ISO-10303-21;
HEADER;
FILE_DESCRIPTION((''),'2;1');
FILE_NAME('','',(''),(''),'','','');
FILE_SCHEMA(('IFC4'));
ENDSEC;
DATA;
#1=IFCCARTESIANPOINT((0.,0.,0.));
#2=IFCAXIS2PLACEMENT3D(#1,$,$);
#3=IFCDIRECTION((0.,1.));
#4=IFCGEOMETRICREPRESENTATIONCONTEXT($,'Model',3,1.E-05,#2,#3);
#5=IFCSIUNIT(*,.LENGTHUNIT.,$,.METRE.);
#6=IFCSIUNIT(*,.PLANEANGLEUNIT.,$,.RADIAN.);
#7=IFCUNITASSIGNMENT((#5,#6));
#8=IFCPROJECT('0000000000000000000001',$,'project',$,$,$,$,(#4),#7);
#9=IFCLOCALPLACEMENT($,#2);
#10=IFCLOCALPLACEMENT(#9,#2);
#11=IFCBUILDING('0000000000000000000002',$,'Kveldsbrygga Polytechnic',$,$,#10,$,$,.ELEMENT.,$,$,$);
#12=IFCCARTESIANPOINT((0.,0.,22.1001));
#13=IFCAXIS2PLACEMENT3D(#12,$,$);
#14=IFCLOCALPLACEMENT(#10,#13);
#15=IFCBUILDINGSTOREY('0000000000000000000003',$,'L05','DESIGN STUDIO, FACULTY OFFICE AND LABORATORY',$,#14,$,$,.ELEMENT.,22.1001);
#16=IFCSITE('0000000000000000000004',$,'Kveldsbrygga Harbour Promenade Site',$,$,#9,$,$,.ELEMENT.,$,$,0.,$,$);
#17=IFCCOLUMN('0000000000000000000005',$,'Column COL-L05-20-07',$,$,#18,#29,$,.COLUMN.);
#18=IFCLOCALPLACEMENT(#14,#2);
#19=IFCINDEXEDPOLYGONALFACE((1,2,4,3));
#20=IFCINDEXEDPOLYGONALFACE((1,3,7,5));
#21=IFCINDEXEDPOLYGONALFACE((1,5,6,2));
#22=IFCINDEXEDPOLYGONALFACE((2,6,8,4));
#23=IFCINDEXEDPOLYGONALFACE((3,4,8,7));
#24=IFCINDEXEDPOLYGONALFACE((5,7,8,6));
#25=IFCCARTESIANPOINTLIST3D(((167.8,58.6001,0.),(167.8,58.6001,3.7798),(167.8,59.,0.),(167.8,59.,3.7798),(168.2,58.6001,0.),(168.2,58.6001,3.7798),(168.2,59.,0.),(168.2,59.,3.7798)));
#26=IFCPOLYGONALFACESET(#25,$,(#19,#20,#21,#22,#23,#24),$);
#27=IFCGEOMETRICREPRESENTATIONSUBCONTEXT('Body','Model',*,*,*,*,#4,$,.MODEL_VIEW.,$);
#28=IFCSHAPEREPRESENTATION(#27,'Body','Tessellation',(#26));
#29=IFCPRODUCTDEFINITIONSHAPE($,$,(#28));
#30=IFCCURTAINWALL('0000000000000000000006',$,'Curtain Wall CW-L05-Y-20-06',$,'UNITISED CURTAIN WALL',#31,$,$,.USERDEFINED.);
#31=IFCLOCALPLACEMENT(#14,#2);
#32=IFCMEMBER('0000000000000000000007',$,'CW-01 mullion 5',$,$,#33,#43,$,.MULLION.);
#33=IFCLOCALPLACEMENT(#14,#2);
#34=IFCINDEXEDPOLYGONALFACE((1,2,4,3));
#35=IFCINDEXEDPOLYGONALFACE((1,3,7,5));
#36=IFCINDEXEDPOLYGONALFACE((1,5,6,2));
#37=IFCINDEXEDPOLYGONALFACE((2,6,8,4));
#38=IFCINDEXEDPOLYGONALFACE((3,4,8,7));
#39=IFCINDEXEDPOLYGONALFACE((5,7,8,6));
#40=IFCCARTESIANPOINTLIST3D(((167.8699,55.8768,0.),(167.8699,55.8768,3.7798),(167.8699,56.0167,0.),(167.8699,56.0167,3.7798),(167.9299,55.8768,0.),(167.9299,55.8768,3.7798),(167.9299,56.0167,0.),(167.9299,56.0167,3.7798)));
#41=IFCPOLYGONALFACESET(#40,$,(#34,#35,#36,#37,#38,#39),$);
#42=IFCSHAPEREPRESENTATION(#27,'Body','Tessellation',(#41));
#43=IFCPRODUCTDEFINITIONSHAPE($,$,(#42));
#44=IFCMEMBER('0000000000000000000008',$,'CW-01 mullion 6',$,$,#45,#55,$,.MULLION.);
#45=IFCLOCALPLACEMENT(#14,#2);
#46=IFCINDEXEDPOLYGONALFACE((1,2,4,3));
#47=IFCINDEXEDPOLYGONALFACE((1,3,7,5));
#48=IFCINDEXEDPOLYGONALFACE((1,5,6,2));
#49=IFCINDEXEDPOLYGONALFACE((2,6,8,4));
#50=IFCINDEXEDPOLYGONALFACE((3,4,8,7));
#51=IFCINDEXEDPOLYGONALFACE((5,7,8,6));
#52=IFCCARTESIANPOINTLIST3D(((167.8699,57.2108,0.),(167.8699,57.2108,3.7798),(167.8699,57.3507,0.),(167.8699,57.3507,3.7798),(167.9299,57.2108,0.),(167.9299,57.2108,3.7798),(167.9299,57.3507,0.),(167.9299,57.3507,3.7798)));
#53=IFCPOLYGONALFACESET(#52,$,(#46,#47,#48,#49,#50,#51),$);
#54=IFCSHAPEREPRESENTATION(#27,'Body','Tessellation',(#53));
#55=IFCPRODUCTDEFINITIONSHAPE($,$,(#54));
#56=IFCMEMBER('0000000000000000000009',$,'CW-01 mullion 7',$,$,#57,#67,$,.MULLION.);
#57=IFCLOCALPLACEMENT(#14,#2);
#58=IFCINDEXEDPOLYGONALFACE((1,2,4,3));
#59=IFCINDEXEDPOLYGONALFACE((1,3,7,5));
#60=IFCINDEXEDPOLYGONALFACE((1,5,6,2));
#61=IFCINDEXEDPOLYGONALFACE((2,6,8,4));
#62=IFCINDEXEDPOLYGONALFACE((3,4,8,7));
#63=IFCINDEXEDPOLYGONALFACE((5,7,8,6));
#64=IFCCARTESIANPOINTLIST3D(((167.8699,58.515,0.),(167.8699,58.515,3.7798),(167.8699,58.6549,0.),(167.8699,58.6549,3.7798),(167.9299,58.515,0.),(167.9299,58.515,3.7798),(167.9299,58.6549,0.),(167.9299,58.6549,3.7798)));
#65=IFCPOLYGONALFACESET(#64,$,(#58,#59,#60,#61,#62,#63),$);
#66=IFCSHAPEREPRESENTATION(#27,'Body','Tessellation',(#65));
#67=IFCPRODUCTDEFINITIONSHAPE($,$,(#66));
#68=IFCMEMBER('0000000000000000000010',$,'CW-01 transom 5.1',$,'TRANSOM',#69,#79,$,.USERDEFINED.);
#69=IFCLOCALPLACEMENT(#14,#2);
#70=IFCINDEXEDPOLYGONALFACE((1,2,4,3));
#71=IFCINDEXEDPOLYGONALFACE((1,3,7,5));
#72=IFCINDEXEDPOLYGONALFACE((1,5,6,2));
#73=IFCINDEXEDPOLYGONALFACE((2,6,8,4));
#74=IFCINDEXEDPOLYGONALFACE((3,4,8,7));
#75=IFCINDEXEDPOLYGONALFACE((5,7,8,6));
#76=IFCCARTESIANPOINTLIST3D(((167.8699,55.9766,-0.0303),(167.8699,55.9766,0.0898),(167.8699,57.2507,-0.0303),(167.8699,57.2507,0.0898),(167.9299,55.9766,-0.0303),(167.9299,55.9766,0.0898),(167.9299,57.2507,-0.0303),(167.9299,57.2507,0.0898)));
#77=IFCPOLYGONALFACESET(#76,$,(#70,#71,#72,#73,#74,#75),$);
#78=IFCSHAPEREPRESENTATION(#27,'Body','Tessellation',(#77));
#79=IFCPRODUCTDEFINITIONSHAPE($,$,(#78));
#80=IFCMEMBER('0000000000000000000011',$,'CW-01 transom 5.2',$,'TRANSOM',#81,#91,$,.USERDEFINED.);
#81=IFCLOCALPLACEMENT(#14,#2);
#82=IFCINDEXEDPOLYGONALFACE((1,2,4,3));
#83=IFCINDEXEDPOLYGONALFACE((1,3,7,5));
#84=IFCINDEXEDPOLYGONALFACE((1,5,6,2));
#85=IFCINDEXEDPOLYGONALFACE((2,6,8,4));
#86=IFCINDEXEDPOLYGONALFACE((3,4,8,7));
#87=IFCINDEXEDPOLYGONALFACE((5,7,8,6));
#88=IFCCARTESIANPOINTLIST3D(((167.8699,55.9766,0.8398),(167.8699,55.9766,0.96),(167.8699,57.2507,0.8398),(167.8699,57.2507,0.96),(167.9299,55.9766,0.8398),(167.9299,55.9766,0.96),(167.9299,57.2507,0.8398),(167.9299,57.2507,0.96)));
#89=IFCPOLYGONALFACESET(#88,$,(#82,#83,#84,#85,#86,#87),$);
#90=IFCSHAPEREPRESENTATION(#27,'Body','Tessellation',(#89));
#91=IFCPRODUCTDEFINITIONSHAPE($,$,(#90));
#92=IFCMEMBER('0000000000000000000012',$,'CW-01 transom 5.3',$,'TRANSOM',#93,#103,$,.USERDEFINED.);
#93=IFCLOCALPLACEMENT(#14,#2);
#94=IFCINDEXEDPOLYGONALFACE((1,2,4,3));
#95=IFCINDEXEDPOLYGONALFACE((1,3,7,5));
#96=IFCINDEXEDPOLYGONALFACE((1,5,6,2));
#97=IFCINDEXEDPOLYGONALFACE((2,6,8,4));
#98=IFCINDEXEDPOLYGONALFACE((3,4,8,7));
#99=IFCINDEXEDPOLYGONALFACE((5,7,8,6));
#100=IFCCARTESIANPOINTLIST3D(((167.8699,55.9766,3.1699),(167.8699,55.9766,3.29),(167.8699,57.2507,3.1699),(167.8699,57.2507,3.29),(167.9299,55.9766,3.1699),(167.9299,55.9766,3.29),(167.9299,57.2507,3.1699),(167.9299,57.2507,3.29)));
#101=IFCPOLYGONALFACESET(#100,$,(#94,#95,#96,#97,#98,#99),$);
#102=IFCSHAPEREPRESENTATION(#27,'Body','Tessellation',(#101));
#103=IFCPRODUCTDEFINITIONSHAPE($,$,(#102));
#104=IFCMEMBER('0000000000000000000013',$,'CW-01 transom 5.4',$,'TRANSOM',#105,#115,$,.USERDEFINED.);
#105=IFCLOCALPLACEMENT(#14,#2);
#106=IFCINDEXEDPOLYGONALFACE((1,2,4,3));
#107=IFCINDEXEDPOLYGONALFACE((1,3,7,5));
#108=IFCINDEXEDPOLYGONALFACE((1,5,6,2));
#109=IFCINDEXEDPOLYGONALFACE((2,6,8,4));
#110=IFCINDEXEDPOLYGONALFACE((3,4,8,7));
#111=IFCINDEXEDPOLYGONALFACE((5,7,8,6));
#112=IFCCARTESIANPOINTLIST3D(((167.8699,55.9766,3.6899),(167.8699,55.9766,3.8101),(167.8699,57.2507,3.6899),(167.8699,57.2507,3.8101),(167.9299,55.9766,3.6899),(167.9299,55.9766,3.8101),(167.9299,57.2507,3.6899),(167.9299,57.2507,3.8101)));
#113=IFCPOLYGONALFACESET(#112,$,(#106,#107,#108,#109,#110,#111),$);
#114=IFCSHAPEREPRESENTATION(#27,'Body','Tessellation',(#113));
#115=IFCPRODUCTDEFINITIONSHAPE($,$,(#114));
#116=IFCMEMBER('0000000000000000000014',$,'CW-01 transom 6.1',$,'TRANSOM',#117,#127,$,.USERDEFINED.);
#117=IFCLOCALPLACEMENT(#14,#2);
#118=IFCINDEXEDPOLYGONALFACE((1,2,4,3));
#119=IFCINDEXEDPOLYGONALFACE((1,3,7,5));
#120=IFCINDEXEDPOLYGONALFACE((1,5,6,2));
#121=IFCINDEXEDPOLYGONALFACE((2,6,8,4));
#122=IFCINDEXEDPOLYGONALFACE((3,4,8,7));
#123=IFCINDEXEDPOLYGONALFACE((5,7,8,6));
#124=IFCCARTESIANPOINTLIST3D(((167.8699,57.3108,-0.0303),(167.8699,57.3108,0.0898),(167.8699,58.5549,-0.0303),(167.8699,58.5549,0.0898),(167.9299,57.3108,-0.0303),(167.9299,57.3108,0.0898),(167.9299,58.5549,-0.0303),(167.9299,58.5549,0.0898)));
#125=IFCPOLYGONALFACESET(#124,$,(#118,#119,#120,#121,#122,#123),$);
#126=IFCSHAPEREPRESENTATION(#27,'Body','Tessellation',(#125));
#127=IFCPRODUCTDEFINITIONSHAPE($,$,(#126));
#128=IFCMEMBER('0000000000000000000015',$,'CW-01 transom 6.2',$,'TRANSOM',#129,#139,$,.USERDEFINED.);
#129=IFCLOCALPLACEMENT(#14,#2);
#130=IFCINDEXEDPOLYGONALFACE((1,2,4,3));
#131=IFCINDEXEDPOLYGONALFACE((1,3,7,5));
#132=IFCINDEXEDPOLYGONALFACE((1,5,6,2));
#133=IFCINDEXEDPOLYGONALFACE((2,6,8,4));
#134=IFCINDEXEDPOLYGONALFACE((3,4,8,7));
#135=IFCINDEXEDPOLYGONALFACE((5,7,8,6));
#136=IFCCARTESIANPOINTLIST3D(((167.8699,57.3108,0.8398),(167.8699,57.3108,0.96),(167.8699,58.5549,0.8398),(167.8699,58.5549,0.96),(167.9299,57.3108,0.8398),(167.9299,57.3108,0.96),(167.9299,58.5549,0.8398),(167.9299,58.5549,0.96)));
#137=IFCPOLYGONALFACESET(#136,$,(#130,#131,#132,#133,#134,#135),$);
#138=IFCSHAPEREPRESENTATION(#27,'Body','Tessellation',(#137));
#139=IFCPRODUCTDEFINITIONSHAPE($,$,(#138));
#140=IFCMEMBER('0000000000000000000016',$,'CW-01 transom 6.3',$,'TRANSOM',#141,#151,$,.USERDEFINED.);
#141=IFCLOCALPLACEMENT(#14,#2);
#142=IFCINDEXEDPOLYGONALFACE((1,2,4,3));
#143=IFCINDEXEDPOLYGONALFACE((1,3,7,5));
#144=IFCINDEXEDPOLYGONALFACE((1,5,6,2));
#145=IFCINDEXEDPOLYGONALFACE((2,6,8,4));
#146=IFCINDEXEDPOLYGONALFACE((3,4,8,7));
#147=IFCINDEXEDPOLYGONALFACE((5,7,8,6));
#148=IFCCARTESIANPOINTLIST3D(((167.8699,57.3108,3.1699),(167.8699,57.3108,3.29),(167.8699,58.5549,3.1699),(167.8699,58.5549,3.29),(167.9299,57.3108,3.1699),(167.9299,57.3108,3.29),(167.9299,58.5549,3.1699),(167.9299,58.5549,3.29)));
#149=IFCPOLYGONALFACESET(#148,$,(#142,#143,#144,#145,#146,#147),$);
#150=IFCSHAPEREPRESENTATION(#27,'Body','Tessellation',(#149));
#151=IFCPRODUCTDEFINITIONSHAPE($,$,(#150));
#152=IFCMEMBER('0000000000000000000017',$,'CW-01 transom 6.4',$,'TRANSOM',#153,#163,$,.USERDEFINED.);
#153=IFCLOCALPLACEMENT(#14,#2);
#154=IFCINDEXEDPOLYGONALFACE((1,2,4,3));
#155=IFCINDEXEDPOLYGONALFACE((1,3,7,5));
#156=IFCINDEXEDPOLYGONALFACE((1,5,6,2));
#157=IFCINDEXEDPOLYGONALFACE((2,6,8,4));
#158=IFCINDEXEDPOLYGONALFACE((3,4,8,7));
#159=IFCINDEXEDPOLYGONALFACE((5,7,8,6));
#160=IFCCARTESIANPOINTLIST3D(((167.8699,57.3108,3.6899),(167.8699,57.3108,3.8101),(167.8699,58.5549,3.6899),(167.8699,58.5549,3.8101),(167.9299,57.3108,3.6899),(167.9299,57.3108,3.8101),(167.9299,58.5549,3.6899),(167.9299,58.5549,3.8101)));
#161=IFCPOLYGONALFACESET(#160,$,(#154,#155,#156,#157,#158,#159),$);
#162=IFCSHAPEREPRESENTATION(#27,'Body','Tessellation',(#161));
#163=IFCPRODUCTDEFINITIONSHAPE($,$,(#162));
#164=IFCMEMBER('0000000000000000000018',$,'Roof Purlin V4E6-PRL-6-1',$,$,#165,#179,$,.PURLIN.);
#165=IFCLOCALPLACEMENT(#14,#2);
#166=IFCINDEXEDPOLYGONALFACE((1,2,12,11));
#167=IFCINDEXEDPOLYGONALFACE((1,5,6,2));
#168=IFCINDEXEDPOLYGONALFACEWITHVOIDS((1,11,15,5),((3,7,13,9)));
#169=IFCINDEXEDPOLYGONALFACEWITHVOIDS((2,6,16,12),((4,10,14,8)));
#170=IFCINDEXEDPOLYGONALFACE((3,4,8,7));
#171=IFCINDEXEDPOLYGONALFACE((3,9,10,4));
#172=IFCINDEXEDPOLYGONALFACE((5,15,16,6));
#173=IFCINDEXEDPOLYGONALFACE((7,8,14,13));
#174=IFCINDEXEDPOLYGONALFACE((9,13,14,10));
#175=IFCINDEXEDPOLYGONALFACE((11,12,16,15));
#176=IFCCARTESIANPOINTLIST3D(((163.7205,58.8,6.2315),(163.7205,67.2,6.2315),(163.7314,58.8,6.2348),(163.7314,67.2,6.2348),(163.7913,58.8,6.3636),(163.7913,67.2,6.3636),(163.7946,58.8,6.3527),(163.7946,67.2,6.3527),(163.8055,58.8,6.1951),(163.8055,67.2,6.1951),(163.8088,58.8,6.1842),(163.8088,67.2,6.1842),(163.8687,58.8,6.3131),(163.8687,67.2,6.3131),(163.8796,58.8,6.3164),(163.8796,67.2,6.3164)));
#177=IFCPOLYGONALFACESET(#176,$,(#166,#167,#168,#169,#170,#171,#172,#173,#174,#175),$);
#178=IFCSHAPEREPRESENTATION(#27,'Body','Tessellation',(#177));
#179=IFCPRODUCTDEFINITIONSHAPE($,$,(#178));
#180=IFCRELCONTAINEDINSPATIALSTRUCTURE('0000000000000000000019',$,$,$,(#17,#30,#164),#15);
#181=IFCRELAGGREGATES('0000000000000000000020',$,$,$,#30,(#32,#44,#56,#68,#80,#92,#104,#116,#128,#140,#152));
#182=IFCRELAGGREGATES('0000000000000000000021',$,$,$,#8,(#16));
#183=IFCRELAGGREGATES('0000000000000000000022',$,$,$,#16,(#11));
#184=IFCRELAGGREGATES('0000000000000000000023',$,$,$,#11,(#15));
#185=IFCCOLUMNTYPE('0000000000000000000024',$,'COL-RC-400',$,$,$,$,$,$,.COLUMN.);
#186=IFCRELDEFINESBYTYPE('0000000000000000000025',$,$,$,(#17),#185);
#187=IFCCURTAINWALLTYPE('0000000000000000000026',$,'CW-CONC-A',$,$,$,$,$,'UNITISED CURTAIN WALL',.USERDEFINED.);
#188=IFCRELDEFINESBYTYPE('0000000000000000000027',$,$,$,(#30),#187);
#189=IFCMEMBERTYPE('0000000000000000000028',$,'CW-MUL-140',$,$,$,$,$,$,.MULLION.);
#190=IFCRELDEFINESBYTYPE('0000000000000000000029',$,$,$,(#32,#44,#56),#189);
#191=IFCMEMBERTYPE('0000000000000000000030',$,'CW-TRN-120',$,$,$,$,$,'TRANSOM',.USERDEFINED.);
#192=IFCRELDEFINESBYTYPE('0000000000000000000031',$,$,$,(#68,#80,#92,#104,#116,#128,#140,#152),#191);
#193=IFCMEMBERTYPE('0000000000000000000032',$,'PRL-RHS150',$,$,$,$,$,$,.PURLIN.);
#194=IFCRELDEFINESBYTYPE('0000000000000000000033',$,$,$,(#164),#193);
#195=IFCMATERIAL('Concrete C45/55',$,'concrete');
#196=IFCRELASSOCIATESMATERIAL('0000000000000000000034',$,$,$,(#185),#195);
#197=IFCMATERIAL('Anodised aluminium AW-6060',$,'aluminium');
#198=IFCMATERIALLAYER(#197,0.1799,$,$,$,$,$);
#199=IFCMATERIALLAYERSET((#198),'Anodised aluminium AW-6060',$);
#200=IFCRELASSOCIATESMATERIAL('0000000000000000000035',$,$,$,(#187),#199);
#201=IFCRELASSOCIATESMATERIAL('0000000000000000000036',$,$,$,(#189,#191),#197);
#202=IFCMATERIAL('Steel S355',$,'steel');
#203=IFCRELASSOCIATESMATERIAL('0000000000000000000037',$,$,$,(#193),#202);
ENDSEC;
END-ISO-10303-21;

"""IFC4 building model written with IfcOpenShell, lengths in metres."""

from ifc_helpers import new_model, si_unit, direction, frame, origin, origin_2d, place, context, subcontext, project, spatial, rectangle, hollow_rectangle, extrude, material, layer, layer_set, material_profile, profile_set, type_object, element, aggregate, save


model = new_model("IFC4")

# Units and contexts
model_context = context("Model", 3, precision=1e-05, world=origin(), true_north=direction((0.0, 1.0)))
body_context = subcontext(model_context, "Body", "Model", "MODEL_VIEW")
ifc_project = project(units=[si_unit("LENGTHUNIT", "METRE"), si_unit("PLANEANGLEUNIT", "RADIAN")], contexts=[model_context])

# Site, building, storey
site_placement = place(None, origin())
site = spatial("IfcSite", under=ifc_project, at=site_placement, Name="Kveldsbrygga Harbour Promenade Site", CompositionType="ELEMENT", RefElevation=0.0)
building_placement = place(site_placement, origin())
building = spatial("IfcBuilding", under=site, at=building_placement, Name="Kveldsbrygga Polytechnic", CompositionType="ELEMENT")
storey_placement = place(building_placement, frame((0.0, 0.0, 22.1001)))
storey = spatial("IfcBuildingStorey", under=building, at=storey_placement, Name="L05", Description="DESIGN STUDIO, FACULTY OFFICE AND LABORATORY", CompositionType="ELEMENT", Elevation=22.1001)

# Column
ifc_material_1 = material(Name="Concrete C45/55", Category="concrete")
ifc_material_profile_1 = material_profile(ifc_material_1, rectangle(XDim=0.3999, YDim=0.3999, at=origin_2d()), Name="RC 400x400")
ifc_profile_set_1 = profile_set([ifc_material_profile_1], Name="Concrete C45/55")
column_type = type_object("IfcColumnType", Name="COL-RC-400", PredefinedType="COLUMN", material=ifc_profile_set_1)
column_placement = place(storey_placement, frame((168.0, 58.8, 0.0), z_axis=(0.0, 0.0, 1.0), x_axis=(1.0, 0.0, 0.0)))
element("IfcColumn", 1, at=column_placement, inside=storey, type_object=column_type, Name="Column COL-L05-20-07", PredefinedType="COLUMN", context=body_context, shape_type="SweptSolid", body=[
    extrude(rectangle(XDim=0.3999, YDim=0.3999, at=origin_2d()), origin(), (0.0, 0.0, 1.0), 3.7798),
])

# Curtain wall, members
ifc_material_2 = material(Name="Anodised aluminium AW-6060", Category="aluminium")
ifc_layer_1 = layer(ifc_material_2, 0.1799)
ifc_layer_set_1 = layer_set([ifc_layer_1], Name="Anodised aluminium AW-6060")
curtain_wall_type = type_object("IfcCurtainWallType", Name="CW-CONC-A", ElementType="UNITISED CURTAIN WALL", PredefinedType="USERDEFINED", material=ifc_layer_set_1)
curtain_wall_placement = place(storey_placement, origin())
curtain_wall = element("IfcCurtainWall", 2, at=curtain_wall_placement, inside=storey, type_object=curtain_wall_type, Name="Curtain Wall CW-L05-Y-20-06", ObjectType="UNITISED CURTAIN WALL", PredefinedType="USERDEFINED")
ifc_material_profile_2 = material_profile(ifc_material_2, rectangle(XDim=0.0601, YDim=0.1399, at=origin_2d()), Name="ALU 60x140")
ifc_profile_set_2 = profile_set([ifc_material_profile_2], Name="Anodised aluminium AW-6060")
member_type_1 = type_object("IfcMemberType", Name="CW-MUL-140", PredefinedType="MULLION", material=ifc_profile_set_2)
member_1_placement = place(storey_placement, frame((167.8999, 55.9468, 0.0), z_axis=(0.0, 0.0, 1.0), x_axis=(-1.0, 0.0, 0.0)))
member_1 = element("IfcMember", 3, at=member_1_placement, type_object=member_type_1, Name="CW-01 mullion 5", PredefinedType="MULLION", context=body_context, shape_type="SweptSolid", body=[
    extrude(rectangle(XDim=0.0601, YDim=0.1399, at=origin_2d()), origin(), (0.0, 0.0, 1.0), 3.7798),
])
member_2_placement = place(storey_placement, frame((167.8999, 57.2808, 0.0), z_axis=(0.0, 0.0, 1.0), x_axis=(-1.0, 0.0, 0.0)))
member_2 = element("IfcMember", 4, at=member_2_placement, type_object=member_type_1, Name="CW-01 mullion 6", PredefinedType="MULLION", context=body_context, shape_type="SweptSolid", body=[
    extrude(rectangle(XDim=0.0601, YDim=0.1399, at=origin_2d()), origin(), (0.0, 0.0, 1.0), 3.7798),
])
member_3_placement = place(storey_placement, frame((167.8999, 58.585, 0.0), z_axis=(0.0, 0.0, 1.0), x_axis=(-1.0, 0.0, 0.0)))
member_3 = element("IfcMember", 5, at=member_3_placement, type_object=member_type_1, Name="CW-01 mullion 7", PredefinedType="MULLION", context=body_context, shape_type="SweptSolid", body=[
    extrude(rectangle(XDim=0.0601, YDim=0.1399, at=origin_2d()), origin(), (0.0, 0.0, 1.0), 3.7798),
])
ifc_material_profile_3 = material_profile(ifc_material_2, rectangle(XDim=0.0601, YDim=0.1201, at=origin_2d()), Name="ALU 60x120")
ifc_profile_set_3 = profile_set([ifc_material_profile_3], Name="Anodised aluminium AW-6060")
member_type_2 = type_object("IfcMemberType", Name="CW-TRN-120", ElementType="TRANSOM", PredefinedType="USERDEFINED", material=ifc_profile_set_3)
member_4_placement = place(storey_placement, frame((167.8999, 55.9766, 0.0298), z_axis=(0.0, 1.0, 0.0), x_axis=(-1.0, 0.0, 0.0)))
member_4 = element("IfcMember", 6, at=member_4_placement, type_object=member_type_2, Name="CW-01 transom 5.1", ObjectType="TRANSOM", PredefinedType="USERDEFINED", context=body_context, shape_type="SweptSolid", body=[
    extrude(rectangle(XDim=0.0601, YDim=0.1201, at=origin_2d()), origin(), (0.0, 0.0, 1.0), 1.2742),
])
member_5_placement = place(storey_placement, frame((167.8999, 55.9766, 0.8999), z_axis=(0.0, 1.0, 0.0), x_axis=(-1.0, 0.0, 0.0)))
member_5 = element("IfcMember", 7, at=member_5_placement, type_object=member_type_2, Name="CW-01 transom 5.2", ObjectType="TRANSOM", PredefinedType="USERDEFINED", context=body_context, shape_type="SweptSolid", body=[
    extrude(rectangle(XDim=0.0601, YDim=0.1201, at=origin_2d()), origin(), (0.0, 0.0, 1.0), 1.2742),
])
member_6_placement = place(storey_placement, frame((167.8999, 55.9766, 3.23), z_axis=(0.0, 1.0, 0.0), x_axis=(-1.0, 0.0, 0.0)))
member_6 = element("IfcMember", 8, at=member_6_placement, type_object=member_type_2, Name="CW-01 transom 5.3", ObjectType="TRANSOM", PredefinedType="USERDEFINED", context=body_context, shape_type="SweptSolid", body=[
    extrude(rectangle(XDim=0.0601, YDim=0.1201, at=origin_2d()), origin(), (0.0, 0.0, 1.0), 1.2742),
])
member_7_placement = place(storey_placement, frame((167.8999, 55.9766, 3.75), z_axis=(0.0, 1.0, 0.0), x_axis=(-1.0, 0.0, 0.0)))
member_7 = element("IfcMember", 9, at=member_7_placement, type_object=member_type_2, Name="CW-01 transom 5.4", ObjectType="TRANSOM", PredefinedType="USERDEFINED", context=body_context, shape_type="SweptSolid", body=[
    extrude(rectangle(XDim=0.0601, YDim=0.1201, at=origin_2d()), origin(), (0.0, 0.0, 1.0), 1.2742),
])
member_8_placement = place(storey_placement, frame((167.8999, 57.3108, 0.0298), z_axis=(0.0, 1.0, 0.0), x_axis=(-1.0, 0.0, 0.0)))
member_8 = element("IfcMember", 10, at=member_8_placement, type_object=member_type_2, Name="CW-01 transom 6.1", ObjectType="TRANSOM", PredefinedType="USERDEFINED", context=body_context, shape_type="SweptSolid", body=[
    extrude(rectangle(XDim=0.0601, YDim=0.1201, at=origin_2d()), origin(), (0.0, 0.0, 1.0), 1.2441),
])
member_9_placement = place(storey_placement, frame((167.8999, 57.3108, 0.8999), z_axis=(0.0, 1.0, 0.0), x_axis=(-1.0, 0.0, 0.0)))
member_9 = element("IfcMember", 11, at=member_9_placement, type_object=member_type_2, Name="CW-01 transom 6.2", ObjectType="TRANSOM", PredefinedType="USERDEFINED", context=body_context, shape_type="SweptSolid", body=[
    extrude(rectangle(XDim=0.0601, YDim=0.1201, at=origin_2d()), origin(), (0.0, 0.0, 1.0), 1.2441),
])
member_10_placement = place(storey_placement, frame((167.8999, 57.3108, 3.23), z_axis=(0.0, 1.0, 0.0), x_axis=(-1.0, 0.0, 0.0)))
member_10 = element("IfcMember", 12, at=member_10_placement, type_object=member_type_2, Name="CW-01 transom 6.3", ObjectType="TRANSOM", PredefinedType="USERDEFINED", context=body_context, shape_type="SweptSolid", body=[
    extrude(rectangle(XDim=0.0601, YDim=0.1201, at=origin_2d()), origin(), (0.0, 0.0, 1.0), 1.2441),
])
member_11_placement = place(storey_placement, frame((167.8999, 57.3108, 3.75), z_axis=(0.0, 1.0, 0.0), x_axis=(-1.0, 0.0, 0.0)))
member_11 = element("IfcMember", 13, at=member_11_placement, type_object=member_type_2, Name="CW-01 transom 6.4", ObjectType="TRANSOM", PredefinedType="USERDEFINED", context=body_context, shape_type="SweptSolid", body=[
    extrude(rectangle(XDim=0.0601, YDim=0.1201, at=origin_2d()), origin(), (0.0, 0.0, 1.0), 1.2441),
])

# Member
ifc_material_3 = material(Name="Steel S355", Category="steel")
ifc_material_profile_4 = material_profile(ifc_material_3, hollow_rectangle(XDim=0.1001, YDim=0.1499, WallThickness=0.0081, at=origin_2d()), Name="RHS 150x100x8.0")
ifc_profile_set_4 = profile_set([ifc_material_profile_4], Name="Steel S355")
member_type_3 = type_object("IfcMemberType", Name="PRL-RHS150", PredefinedType="PURLIN", material=ifc_profile_set_4)
member_12_placement = place(storey_placement, frame((163.8, 58.8, 6.2739), z_axis=(0.0, 1.0, 0.0), x_axis=(-0.88148, 0.0, 0.472222)))
element("IfcMember", 14, at=member_12_placement, inside=storey, type_object=member_type_3, Name="Roof Purlin V4E6-PRL-6-1", PredefinedType="PURLIN", context=body_context, shape_type="SweptSolid", body=[
    extrude(hollow_rectangle(XDim=0.1001, YDim=0.1499, WallThickness=0.0081, at=origin_2d()), origin(), (0.0, 0.0, 1.0), 8.3999),
])

aggregate(curtain_wall, [member_1, member_2, member_3, member_4, member_5, member_6, member_7, member_8, member_9, member_10, member_11])

save(model, "model.ifc")
